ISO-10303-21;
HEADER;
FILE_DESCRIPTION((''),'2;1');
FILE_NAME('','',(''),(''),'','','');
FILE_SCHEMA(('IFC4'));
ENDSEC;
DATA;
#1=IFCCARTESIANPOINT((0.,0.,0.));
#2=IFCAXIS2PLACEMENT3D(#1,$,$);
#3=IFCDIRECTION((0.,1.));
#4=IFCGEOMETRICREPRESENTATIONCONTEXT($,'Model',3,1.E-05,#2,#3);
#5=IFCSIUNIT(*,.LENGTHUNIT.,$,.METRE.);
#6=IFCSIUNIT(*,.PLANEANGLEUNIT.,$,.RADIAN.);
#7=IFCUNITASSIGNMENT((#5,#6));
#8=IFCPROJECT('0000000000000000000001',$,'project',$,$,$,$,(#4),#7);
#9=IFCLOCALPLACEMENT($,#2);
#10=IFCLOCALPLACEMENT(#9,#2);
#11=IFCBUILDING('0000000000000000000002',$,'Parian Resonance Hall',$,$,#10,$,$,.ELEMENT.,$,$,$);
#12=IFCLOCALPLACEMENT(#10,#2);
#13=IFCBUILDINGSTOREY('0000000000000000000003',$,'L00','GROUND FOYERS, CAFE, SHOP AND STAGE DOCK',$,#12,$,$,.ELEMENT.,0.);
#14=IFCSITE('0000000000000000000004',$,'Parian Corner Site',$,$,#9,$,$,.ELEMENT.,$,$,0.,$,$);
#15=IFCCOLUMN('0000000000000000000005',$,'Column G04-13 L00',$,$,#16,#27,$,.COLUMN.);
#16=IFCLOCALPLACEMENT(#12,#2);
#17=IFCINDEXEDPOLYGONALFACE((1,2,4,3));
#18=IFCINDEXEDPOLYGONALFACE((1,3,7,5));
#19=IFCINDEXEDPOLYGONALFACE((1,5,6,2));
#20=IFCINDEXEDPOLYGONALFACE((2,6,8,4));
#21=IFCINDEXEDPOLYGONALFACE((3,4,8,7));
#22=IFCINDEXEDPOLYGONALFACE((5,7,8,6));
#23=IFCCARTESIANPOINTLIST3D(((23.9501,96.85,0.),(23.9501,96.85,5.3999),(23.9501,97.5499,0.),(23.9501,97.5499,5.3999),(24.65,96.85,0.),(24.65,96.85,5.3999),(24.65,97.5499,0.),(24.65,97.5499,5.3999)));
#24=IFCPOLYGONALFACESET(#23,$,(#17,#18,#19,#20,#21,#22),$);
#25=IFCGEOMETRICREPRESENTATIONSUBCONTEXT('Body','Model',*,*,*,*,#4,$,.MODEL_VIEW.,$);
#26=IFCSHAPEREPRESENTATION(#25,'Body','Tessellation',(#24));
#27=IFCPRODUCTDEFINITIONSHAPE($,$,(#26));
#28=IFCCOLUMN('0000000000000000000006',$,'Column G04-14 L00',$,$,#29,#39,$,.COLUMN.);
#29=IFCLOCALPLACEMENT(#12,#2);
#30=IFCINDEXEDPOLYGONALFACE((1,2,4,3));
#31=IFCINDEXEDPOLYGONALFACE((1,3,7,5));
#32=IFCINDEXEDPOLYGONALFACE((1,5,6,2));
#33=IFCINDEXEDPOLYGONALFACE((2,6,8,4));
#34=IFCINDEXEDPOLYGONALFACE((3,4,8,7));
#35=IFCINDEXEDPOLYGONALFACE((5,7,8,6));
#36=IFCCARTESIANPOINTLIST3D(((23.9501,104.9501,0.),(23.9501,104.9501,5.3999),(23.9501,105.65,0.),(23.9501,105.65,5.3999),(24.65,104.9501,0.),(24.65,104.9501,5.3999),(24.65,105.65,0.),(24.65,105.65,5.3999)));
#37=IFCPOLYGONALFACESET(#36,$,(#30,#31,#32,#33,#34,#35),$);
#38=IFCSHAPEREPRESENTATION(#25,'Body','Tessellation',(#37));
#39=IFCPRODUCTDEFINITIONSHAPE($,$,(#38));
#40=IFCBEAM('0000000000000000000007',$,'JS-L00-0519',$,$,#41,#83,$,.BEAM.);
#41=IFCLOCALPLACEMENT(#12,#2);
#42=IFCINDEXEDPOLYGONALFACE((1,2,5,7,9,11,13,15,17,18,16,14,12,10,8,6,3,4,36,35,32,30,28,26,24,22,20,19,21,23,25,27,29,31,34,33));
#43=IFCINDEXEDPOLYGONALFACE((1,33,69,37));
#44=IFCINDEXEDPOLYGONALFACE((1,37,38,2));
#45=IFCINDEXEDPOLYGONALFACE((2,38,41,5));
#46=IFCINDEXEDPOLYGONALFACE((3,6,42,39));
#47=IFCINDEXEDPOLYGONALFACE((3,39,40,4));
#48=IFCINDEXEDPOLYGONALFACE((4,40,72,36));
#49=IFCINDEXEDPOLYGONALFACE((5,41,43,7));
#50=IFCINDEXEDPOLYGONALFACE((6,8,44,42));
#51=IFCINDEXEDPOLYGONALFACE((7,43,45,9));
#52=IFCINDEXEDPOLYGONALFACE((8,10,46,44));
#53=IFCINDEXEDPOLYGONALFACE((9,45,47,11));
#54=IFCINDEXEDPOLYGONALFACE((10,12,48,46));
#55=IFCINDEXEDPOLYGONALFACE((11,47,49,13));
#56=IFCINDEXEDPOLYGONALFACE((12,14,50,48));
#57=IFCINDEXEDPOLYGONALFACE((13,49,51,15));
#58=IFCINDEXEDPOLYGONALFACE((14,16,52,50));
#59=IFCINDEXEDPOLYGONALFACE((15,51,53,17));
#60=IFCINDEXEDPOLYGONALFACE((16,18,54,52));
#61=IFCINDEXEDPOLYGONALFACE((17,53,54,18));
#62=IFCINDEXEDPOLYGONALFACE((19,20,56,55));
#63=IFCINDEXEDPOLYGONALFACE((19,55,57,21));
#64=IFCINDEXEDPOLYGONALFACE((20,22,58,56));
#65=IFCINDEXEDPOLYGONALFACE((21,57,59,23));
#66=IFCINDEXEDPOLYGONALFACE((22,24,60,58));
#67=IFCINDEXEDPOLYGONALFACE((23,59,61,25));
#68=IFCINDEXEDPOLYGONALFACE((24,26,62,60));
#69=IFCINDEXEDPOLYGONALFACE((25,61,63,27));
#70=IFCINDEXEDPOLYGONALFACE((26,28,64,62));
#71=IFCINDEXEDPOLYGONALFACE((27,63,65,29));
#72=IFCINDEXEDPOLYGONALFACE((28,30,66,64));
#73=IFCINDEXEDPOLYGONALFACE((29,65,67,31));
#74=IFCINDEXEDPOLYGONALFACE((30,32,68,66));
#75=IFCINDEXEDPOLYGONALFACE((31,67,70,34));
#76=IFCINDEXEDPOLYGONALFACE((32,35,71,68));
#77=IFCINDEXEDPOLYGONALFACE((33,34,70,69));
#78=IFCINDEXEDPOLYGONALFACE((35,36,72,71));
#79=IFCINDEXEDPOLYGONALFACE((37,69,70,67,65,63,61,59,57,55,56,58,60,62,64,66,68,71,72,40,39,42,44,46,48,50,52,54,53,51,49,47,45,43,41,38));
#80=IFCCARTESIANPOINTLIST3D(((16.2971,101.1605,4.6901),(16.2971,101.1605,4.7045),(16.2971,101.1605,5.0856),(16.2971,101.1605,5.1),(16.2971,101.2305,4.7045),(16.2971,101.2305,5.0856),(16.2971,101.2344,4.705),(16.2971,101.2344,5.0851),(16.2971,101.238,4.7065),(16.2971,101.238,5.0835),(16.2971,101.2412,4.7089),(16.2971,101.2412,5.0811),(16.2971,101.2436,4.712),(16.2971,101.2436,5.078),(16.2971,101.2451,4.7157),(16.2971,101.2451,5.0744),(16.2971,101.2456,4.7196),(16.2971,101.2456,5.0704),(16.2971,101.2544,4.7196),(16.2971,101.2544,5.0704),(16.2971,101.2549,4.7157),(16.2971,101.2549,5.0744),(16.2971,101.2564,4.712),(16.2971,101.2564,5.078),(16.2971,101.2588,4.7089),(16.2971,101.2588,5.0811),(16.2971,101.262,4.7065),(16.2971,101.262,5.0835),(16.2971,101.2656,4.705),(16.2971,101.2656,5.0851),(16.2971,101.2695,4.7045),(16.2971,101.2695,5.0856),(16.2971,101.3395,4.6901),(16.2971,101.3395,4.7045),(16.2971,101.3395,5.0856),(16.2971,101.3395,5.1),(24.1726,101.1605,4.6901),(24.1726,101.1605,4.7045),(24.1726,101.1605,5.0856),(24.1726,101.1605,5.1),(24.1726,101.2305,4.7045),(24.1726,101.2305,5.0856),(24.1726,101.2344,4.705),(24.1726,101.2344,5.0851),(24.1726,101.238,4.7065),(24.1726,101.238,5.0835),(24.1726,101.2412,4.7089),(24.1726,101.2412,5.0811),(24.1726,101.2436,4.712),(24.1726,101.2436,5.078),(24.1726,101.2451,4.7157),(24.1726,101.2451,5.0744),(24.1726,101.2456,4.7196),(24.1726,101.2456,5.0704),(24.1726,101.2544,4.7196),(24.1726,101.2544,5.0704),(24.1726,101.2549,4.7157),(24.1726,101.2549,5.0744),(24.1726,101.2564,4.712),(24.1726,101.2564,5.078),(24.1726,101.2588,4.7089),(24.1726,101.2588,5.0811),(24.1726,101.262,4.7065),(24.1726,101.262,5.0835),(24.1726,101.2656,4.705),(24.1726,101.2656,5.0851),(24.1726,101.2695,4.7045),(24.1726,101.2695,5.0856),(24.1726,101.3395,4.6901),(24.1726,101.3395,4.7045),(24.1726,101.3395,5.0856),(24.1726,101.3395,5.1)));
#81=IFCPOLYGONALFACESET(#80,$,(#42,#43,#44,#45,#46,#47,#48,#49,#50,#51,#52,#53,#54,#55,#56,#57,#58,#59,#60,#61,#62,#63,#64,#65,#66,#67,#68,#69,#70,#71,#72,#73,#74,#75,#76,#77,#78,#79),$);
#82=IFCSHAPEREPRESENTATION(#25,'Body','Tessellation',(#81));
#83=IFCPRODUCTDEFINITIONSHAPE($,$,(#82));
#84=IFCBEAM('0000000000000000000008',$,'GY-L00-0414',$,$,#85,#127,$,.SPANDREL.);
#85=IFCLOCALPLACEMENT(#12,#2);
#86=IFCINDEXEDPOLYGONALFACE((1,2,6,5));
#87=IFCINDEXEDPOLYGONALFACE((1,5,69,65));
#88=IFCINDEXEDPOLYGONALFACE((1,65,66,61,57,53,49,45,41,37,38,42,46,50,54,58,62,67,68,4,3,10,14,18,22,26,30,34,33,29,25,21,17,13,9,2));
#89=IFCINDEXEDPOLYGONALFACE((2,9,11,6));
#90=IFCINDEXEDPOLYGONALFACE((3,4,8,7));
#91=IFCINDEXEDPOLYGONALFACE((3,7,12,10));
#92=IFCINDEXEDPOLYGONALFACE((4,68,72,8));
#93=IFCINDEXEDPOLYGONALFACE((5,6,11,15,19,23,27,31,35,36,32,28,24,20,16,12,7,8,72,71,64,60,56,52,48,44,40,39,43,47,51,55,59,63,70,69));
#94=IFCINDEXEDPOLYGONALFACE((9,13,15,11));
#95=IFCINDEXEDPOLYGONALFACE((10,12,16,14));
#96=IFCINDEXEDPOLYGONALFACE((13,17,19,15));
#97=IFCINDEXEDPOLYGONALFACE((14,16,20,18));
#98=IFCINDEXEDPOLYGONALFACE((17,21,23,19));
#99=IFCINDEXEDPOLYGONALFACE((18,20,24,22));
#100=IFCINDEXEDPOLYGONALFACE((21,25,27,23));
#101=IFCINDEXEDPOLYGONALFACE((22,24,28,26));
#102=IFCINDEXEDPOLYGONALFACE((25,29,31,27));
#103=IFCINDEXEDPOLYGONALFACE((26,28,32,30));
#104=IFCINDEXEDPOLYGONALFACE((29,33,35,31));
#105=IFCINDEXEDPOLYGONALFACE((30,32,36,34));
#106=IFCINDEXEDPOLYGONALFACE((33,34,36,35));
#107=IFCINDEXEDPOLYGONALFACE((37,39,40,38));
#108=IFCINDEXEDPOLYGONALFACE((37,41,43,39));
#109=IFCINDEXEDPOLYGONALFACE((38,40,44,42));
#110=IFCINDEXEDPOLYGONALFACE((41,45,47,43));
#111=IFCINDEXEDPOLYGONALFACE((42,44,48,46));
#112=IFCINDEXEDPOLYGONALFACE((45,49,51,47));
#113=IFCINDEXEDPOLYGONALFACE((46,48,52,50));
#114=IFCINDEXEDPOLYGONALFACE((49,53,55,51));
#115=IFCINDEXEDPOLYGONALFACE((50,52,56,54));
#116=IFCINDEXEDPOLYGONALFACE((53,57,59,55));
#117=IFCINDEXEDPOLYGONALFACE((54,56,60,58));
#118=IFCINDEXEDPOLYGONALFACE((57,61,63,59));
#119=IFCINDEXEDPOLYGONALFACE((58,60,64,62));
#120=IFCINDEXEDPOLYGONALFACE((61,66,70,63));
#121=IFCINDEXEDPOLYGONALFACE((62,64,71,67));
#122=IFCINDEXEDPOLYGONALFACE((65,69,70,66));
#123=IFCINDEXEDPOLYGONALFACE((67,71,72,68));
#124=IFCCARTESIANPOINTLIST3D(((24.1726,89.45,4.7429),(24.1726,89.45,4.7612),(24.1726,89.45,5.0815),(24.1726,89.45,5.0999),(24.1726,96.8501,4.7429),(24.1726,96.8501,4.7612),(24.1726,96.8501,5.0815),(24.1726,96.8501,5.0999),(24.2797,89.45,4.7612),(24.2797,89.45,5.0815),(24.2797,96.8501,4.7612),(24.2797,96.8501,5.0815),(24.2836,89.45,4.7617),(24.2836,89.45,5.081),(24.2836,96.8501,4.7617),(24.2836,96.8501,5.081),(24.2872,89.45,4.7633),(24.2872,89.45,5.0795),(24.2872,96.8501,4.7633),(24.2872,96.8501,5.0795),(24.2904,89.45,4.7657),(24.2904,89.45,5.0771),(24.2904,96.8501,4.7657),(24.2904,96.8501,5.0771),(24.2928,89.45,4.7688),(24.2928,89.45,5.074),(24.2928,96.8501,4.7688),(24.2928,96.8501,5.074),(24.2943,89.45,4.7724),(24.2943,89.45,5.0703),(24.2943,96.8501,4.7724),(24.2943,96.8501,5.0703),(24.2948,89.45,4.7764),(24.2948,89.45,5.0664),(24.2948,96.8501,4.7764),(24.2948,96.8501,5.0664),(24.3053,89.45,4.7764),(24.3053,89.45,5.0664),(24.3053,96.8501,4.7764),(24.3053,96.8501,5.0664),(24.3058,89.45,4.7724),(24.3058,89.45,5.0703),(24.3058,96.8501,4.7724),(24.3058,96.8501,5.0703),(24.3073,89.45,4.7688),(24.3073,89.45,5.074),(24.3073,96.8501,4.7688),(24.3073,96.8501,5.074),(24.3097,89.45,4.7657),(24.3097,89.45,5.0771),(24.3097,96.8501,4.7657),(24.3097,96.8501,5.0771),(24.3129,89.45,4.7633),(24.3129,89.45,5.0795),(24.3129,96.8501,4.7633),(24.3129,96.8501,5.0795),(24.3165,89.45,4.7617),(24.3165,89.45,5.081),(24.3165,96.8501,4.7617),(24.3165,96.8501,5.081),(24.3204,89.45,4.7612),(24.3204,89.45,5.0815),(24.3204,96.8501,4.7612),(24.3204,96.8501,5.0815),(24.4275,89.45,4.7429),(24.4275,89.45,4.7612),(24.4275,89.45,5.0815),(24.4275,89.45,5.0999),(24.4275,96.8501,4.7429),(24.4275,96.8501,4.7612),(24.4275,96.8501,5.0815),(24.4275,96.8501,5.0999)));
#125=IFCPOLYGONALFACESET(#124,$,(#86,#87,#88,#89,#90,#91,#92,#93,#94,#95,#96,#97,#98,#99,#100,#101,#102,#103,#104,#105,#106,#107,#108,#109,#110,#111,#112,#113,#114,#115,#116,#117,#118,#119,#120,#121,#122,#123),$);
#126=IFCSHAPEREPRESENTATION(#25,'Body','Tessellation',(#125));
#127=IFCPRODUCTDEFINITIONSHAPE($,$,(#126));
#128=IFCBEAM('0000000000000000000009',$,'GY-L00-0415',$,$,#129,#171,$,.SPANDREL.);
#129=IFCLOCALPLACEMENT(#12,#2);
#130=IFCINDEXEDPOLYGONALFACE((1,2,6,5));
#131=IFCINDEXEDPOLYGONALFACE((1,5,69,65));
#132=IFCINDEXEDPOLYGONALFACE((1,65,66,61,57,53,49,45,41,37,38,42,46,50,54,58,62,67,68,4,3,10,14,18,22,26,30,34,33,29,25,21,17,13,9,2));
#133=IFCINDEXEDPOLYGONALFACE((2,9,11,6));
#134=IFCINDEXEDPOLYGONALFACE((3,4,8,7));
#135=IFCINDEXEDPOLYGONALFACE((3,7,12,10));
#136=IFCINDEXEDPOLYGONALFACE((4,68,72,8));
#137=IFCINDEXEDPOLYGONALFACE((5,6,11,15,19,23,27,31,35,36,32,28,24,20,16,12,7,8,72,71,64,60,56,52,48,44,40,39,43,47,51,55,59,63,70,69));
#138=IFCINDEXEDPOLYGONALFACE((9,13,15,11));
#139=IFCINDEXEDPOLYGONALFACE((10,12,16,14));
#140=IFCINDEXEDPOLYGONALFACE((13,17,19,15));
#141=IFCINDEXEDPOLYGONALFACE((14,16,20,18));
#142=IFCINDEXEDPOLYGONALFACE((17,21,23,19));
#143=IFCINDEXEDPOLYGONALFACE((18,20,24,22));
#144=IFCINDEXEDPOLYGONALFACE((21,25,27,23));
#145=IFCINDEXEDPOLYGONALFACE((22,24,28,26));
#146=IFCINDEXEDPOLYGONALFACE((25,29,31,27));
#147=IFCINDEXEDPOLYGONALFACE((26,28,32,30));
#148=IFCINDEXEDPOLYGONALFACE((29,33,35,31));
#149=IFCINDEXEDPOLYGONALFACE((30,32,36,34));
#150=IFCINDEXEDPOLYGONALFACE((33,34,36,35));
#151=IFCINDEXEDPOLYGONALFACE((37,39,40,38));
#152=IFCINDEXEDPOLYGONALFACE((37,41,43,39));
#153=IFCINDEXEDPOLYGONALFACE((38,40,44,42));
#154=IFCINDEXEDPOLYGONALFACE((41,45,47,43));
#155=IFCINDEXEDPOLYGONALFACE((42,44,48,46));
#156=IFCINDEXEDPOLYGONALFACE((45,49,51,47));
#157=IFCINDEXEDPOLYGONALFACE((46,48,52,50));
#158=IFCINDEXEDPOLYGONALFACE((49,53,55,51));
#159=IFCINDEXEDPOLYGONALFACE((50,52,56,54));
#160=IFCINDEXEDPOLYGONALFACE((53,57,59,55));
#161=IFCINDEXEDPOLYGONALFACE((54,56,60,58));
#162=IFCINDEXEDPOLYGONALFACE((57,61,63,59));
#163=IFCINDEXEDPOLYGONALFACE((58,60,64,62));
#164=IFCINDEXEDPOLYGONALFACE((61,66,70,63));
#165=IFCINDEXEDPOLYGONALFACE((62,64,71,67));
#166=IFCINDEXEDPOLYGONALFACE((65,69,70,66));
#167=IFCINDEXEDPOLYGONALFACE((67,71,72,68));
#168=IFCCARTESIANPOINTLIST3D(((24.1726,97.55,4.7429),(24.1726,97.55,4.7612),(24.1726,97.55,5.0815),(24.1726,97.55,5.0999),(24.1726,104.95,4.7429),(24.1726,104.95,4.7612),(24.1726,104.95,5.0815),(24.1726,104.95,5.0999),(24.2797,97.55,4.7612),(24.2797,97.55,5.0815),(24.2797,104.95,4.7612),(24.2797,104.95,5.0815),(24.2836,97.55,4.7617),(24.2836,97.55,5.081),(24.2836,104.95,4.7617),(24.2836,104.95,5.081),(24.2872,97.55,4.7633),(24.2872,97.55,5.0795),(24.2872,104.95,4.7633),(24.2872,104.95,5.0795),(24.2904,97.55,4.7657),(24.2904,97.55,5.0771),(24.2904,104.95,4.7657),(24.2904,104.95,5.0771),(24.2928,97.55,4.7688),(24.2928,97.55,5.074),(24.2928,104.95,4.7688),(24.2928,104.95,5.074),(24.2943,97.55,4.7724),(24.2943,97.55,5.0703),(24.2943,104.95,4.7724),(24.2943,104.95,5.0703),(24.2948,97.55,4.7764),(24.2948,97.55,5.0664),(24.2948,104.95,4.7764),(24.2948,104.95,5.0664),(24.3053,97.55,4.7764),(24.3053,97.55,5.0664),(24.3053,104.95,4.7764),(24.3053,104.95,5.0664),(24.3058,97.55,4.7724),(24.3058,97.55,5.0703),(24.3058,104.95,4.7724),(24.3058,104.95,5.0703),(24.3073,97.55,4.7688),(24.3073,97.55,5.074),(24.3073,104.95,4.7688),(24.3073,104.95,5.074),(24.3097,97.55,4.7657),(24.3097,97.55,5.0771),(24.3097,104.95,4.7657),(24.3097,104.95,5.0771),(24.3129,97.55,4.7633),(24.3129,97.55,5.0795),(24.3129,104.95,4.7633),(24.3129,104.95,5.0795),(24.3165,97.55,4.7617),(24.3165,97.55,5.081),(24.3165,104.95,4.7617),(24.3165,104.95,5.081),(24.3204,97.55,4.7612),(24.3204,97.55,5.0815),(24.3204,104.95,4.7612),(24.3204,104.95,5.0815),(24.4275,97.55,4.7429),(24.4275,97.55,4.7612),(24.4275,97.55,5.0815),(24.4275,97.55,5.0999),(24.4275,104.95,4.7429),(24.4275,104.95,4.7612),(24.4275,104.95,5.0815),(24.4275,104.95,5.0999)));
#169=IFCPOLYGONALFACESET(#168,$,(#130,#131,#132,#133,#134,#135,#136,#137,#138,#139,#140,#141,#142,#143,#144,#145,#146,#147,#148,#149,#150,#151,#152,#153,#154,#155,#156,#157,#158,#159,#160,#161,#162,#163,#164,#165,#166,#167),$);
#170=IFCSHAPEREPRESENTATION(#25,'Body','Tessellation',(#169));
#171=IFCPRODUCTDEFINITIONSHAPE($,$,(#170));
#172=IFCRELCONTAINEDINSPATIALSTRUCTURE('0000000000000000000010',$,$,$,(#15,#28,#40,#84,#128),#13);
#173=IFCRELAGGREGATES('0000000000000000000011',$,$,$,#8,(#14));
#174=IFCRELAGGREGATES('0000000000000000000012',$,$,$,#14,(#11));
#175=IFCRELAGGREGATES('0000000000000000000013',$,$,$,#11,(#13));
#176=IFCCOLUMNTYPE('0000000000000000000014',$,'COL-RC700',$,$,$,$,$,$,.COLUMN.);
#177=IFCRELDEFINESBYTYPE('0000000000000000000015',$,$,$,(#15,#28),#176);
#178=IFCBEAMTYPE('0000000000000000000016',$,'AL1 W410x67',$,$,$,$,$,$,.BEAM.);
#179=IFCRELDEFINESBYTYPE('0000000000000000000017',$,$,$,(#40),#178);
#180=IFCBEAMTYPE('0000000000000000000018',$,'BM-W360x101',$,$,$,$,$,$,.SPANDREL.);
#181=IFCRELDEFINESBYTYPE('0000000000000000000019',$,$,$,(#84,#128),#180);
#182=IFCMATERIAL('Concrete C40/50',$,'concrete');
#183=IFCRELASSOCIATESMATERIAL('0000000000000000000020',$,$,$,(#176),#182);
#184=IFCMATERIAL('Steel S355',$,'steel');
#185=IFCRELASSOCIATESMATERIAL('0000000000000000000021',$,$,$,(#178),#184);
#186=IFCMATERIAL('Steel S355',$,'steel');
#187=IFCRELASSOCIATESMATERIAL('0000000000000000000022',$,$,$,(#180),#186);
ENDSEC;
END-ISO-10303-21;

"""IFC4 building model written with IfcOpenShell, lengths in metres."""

from ifc_helpers import new_model, si_unit, direction, frame, origin, origin_2d, place, context, subcontext, project, spatial, rectangle, i_section, extrude, material, material_profile, profile_set, type_object, element, save


model = new_model("IFC4")

# Units and contexts
model_context = context("Model", 3, precision=1e-05, world=origin(), true_north=direction((0.0, 1.0)))
body_context = subcontext(model_context, "Body", "Model", "MODEL_VIEW")
ifc_project = project(units=[si_unit("LENGTHUNIT", "METRE"), si_unit("PLANEANGLEUNIT", "RADIAN")], contexts=[model_context])

# Site, building, storey
site_placement = place(None, origin())
site = spatial("IfcSite", under=ifc_project, at=site_placement, Name="Parian Corner Site", CompositionType="ELEMENT", RefElevation=0.0)
building_placement = place(site_placement, origin())
building = spatial("IfcBuilding", under=site, at=building_placement, Name="Parian Resonance Hall", CompositionType="ELEMENT")
storey_placement = place(building_placement, origin())
storey = spatial("IfcBuildingStorey", under=building, at=storey_placement, Name="L00", Description="GROUND FOYERS, CAFE, SHOP AND STAGE DOCK", CompositionType="ELEMENT", Elevation=0.0)

# Columns
ifc_material_1 = material(Name="Concrete C40/50", Category="concrete")
ifc_material_profile_1 = material_profile(ifc_material_1, rectangle(XDim=0.7, YDim=0.7, at=origin_2d()), Name="RC-COL-700x700")
ifc_profile_set_1 = profile_set([ifc_material_profile_1], Name="Concrete C40/50")
column_type = type_object("IfcColumnType", Name="COL-RC700", PredefinedType="COLUMN", material=ifc_profile_set_1)
for number, where, z_axis, x_axis, name in (
    (1, (24.3, 97.2, 0.0), (0.0, 0.0, 1.0), (1.0, 0.0, 0.0), "Column G04-13 L00"),
    (2, (24.3, 105.3, 0.0), (0.0, 0.0, 1.0), (1.0, 0.0, 0.0), "Column G04-14 L00"),
):
    element("IfcColumn", number, at=place(storey_placement, frame(where, z_axis=z_axis, x_axis=x_axis)), inside=storey, type_object=column_type, Name=name, PredefinedType="COLUMN", context=body_context, shape_type="SweptSolid", body=[
        extrude(rectangle(XDim=0.7, YDim=0.7, at=origin_2d()), origin(), (0.0, 0.0, 1.0), 5.3999),
    ])

# Beams
ifc_material_2 = material(Name="Steel S355", Category="steel")
ifc_material_profile_2 = material_profile(ifc_material_2, i_section(OverallWidth=0.179, OverallDepth=0.4099, WebThickness=0.0088, FlangeThickness=0.0144, FilletRadius=0.0151, at=origin_2d()), Name="W410x67")
ifc_profile_set_2 = profile_set([ifc_material_profile_2], Name="Steel S355")
beam_type_1 = type_object("IfcBeamType", Name="AL1 W410x67", PredefinedType="BEAM", material=ifc_profile_set_2)
beam_1_placement = place(storey_placement, frame((16.2971, 101.25, 4.895), z_axis=(1.0, 0.0, 0.0), x_axis=(0.0, 1.0, 0.0)))
element("IfcBeam", 3, at=beam_1_placement, inside=storey, type_object=beam_type_1, Name="JS-L00-0519", PredefinedType="BEAM", context=body_context, shape_type="SweptSolid", body=[
    extrude(i_section(OverallWidth=0.179, OverallDepth=0.4099, WebThickness=0.0088, FlangeThickness=0.0144, FilletRadius=0.0151, at=origin_2d()), origin(), (0.0, 0.0, 1.0), 7.8755),
])
ifc_material_3 = material(Name="Steel S355", Category="steel")
ifc_material_profile_3 = material_profile(ifc_material_3, i_section(OverallWidth=0.2549, OverallDepth=0.3569, WebThickness=0.0105, FlangeThickness=0.0183, FilletRadius=0.0151, at=origin_2d()), Name="W360x101")
ifc_profile_set_3 = profile_set([ifc_material_profile_3], Name="Steel S355")
beam_type_2 = type_object("IfcBeamType", Name="BM-W360x101", PredefinedType="SPANDREL", material=ifc_profile_set_3)
beam_2_placement = place(storey_placement, frame((24.3, 89.45, 4.9214), z_axis=(0.0, 1.0, 0.0), x_axis=(-1.0, 0.0, 0.0)))
element("IfcBeam", 4, at=beam_2_placement, inside=storey, type_object=beam_type_2, Name="GY-L00-0414", PredefinedType="SPANDREL", context=body_context, shape_type="SweptSolid", body=[
    extrude(i_section(OverallWidth=0.2549, OverallDepth=0.3569, WebThickness=0.0105, FlangeThickness=0.0183, FilletRadius=0.0151, at=origin_2d()), origin(), (0.0, 0.0, 1.0), 7.4001),
])
beam_3_placement = place(storey_placement, frame((24.3, 97.55, 4.9214), z_axis=(0.0, 1.0, 0.0), x_axis=(-1.0, 0.0, 0.0)))
element("IfcBeam", 5, at=beam_3_placement, inside=storey, type_object=beam_type_2, Name="GY-L00-0415", PredefinedType="SPANDREL", context=body_context, shape_type="SweptSolid", body=[
    extrude(i_section(OverallWidth=0.2549, OverallDepth=0.3569, WebThickness=0.0105, FlangeThickness=0.0183, FilletRadius=0.0151, at=origin_2d()), origin(), (0.0, 0.0, 1.0), 7.3999),
])

save(model, "model.ifc")
